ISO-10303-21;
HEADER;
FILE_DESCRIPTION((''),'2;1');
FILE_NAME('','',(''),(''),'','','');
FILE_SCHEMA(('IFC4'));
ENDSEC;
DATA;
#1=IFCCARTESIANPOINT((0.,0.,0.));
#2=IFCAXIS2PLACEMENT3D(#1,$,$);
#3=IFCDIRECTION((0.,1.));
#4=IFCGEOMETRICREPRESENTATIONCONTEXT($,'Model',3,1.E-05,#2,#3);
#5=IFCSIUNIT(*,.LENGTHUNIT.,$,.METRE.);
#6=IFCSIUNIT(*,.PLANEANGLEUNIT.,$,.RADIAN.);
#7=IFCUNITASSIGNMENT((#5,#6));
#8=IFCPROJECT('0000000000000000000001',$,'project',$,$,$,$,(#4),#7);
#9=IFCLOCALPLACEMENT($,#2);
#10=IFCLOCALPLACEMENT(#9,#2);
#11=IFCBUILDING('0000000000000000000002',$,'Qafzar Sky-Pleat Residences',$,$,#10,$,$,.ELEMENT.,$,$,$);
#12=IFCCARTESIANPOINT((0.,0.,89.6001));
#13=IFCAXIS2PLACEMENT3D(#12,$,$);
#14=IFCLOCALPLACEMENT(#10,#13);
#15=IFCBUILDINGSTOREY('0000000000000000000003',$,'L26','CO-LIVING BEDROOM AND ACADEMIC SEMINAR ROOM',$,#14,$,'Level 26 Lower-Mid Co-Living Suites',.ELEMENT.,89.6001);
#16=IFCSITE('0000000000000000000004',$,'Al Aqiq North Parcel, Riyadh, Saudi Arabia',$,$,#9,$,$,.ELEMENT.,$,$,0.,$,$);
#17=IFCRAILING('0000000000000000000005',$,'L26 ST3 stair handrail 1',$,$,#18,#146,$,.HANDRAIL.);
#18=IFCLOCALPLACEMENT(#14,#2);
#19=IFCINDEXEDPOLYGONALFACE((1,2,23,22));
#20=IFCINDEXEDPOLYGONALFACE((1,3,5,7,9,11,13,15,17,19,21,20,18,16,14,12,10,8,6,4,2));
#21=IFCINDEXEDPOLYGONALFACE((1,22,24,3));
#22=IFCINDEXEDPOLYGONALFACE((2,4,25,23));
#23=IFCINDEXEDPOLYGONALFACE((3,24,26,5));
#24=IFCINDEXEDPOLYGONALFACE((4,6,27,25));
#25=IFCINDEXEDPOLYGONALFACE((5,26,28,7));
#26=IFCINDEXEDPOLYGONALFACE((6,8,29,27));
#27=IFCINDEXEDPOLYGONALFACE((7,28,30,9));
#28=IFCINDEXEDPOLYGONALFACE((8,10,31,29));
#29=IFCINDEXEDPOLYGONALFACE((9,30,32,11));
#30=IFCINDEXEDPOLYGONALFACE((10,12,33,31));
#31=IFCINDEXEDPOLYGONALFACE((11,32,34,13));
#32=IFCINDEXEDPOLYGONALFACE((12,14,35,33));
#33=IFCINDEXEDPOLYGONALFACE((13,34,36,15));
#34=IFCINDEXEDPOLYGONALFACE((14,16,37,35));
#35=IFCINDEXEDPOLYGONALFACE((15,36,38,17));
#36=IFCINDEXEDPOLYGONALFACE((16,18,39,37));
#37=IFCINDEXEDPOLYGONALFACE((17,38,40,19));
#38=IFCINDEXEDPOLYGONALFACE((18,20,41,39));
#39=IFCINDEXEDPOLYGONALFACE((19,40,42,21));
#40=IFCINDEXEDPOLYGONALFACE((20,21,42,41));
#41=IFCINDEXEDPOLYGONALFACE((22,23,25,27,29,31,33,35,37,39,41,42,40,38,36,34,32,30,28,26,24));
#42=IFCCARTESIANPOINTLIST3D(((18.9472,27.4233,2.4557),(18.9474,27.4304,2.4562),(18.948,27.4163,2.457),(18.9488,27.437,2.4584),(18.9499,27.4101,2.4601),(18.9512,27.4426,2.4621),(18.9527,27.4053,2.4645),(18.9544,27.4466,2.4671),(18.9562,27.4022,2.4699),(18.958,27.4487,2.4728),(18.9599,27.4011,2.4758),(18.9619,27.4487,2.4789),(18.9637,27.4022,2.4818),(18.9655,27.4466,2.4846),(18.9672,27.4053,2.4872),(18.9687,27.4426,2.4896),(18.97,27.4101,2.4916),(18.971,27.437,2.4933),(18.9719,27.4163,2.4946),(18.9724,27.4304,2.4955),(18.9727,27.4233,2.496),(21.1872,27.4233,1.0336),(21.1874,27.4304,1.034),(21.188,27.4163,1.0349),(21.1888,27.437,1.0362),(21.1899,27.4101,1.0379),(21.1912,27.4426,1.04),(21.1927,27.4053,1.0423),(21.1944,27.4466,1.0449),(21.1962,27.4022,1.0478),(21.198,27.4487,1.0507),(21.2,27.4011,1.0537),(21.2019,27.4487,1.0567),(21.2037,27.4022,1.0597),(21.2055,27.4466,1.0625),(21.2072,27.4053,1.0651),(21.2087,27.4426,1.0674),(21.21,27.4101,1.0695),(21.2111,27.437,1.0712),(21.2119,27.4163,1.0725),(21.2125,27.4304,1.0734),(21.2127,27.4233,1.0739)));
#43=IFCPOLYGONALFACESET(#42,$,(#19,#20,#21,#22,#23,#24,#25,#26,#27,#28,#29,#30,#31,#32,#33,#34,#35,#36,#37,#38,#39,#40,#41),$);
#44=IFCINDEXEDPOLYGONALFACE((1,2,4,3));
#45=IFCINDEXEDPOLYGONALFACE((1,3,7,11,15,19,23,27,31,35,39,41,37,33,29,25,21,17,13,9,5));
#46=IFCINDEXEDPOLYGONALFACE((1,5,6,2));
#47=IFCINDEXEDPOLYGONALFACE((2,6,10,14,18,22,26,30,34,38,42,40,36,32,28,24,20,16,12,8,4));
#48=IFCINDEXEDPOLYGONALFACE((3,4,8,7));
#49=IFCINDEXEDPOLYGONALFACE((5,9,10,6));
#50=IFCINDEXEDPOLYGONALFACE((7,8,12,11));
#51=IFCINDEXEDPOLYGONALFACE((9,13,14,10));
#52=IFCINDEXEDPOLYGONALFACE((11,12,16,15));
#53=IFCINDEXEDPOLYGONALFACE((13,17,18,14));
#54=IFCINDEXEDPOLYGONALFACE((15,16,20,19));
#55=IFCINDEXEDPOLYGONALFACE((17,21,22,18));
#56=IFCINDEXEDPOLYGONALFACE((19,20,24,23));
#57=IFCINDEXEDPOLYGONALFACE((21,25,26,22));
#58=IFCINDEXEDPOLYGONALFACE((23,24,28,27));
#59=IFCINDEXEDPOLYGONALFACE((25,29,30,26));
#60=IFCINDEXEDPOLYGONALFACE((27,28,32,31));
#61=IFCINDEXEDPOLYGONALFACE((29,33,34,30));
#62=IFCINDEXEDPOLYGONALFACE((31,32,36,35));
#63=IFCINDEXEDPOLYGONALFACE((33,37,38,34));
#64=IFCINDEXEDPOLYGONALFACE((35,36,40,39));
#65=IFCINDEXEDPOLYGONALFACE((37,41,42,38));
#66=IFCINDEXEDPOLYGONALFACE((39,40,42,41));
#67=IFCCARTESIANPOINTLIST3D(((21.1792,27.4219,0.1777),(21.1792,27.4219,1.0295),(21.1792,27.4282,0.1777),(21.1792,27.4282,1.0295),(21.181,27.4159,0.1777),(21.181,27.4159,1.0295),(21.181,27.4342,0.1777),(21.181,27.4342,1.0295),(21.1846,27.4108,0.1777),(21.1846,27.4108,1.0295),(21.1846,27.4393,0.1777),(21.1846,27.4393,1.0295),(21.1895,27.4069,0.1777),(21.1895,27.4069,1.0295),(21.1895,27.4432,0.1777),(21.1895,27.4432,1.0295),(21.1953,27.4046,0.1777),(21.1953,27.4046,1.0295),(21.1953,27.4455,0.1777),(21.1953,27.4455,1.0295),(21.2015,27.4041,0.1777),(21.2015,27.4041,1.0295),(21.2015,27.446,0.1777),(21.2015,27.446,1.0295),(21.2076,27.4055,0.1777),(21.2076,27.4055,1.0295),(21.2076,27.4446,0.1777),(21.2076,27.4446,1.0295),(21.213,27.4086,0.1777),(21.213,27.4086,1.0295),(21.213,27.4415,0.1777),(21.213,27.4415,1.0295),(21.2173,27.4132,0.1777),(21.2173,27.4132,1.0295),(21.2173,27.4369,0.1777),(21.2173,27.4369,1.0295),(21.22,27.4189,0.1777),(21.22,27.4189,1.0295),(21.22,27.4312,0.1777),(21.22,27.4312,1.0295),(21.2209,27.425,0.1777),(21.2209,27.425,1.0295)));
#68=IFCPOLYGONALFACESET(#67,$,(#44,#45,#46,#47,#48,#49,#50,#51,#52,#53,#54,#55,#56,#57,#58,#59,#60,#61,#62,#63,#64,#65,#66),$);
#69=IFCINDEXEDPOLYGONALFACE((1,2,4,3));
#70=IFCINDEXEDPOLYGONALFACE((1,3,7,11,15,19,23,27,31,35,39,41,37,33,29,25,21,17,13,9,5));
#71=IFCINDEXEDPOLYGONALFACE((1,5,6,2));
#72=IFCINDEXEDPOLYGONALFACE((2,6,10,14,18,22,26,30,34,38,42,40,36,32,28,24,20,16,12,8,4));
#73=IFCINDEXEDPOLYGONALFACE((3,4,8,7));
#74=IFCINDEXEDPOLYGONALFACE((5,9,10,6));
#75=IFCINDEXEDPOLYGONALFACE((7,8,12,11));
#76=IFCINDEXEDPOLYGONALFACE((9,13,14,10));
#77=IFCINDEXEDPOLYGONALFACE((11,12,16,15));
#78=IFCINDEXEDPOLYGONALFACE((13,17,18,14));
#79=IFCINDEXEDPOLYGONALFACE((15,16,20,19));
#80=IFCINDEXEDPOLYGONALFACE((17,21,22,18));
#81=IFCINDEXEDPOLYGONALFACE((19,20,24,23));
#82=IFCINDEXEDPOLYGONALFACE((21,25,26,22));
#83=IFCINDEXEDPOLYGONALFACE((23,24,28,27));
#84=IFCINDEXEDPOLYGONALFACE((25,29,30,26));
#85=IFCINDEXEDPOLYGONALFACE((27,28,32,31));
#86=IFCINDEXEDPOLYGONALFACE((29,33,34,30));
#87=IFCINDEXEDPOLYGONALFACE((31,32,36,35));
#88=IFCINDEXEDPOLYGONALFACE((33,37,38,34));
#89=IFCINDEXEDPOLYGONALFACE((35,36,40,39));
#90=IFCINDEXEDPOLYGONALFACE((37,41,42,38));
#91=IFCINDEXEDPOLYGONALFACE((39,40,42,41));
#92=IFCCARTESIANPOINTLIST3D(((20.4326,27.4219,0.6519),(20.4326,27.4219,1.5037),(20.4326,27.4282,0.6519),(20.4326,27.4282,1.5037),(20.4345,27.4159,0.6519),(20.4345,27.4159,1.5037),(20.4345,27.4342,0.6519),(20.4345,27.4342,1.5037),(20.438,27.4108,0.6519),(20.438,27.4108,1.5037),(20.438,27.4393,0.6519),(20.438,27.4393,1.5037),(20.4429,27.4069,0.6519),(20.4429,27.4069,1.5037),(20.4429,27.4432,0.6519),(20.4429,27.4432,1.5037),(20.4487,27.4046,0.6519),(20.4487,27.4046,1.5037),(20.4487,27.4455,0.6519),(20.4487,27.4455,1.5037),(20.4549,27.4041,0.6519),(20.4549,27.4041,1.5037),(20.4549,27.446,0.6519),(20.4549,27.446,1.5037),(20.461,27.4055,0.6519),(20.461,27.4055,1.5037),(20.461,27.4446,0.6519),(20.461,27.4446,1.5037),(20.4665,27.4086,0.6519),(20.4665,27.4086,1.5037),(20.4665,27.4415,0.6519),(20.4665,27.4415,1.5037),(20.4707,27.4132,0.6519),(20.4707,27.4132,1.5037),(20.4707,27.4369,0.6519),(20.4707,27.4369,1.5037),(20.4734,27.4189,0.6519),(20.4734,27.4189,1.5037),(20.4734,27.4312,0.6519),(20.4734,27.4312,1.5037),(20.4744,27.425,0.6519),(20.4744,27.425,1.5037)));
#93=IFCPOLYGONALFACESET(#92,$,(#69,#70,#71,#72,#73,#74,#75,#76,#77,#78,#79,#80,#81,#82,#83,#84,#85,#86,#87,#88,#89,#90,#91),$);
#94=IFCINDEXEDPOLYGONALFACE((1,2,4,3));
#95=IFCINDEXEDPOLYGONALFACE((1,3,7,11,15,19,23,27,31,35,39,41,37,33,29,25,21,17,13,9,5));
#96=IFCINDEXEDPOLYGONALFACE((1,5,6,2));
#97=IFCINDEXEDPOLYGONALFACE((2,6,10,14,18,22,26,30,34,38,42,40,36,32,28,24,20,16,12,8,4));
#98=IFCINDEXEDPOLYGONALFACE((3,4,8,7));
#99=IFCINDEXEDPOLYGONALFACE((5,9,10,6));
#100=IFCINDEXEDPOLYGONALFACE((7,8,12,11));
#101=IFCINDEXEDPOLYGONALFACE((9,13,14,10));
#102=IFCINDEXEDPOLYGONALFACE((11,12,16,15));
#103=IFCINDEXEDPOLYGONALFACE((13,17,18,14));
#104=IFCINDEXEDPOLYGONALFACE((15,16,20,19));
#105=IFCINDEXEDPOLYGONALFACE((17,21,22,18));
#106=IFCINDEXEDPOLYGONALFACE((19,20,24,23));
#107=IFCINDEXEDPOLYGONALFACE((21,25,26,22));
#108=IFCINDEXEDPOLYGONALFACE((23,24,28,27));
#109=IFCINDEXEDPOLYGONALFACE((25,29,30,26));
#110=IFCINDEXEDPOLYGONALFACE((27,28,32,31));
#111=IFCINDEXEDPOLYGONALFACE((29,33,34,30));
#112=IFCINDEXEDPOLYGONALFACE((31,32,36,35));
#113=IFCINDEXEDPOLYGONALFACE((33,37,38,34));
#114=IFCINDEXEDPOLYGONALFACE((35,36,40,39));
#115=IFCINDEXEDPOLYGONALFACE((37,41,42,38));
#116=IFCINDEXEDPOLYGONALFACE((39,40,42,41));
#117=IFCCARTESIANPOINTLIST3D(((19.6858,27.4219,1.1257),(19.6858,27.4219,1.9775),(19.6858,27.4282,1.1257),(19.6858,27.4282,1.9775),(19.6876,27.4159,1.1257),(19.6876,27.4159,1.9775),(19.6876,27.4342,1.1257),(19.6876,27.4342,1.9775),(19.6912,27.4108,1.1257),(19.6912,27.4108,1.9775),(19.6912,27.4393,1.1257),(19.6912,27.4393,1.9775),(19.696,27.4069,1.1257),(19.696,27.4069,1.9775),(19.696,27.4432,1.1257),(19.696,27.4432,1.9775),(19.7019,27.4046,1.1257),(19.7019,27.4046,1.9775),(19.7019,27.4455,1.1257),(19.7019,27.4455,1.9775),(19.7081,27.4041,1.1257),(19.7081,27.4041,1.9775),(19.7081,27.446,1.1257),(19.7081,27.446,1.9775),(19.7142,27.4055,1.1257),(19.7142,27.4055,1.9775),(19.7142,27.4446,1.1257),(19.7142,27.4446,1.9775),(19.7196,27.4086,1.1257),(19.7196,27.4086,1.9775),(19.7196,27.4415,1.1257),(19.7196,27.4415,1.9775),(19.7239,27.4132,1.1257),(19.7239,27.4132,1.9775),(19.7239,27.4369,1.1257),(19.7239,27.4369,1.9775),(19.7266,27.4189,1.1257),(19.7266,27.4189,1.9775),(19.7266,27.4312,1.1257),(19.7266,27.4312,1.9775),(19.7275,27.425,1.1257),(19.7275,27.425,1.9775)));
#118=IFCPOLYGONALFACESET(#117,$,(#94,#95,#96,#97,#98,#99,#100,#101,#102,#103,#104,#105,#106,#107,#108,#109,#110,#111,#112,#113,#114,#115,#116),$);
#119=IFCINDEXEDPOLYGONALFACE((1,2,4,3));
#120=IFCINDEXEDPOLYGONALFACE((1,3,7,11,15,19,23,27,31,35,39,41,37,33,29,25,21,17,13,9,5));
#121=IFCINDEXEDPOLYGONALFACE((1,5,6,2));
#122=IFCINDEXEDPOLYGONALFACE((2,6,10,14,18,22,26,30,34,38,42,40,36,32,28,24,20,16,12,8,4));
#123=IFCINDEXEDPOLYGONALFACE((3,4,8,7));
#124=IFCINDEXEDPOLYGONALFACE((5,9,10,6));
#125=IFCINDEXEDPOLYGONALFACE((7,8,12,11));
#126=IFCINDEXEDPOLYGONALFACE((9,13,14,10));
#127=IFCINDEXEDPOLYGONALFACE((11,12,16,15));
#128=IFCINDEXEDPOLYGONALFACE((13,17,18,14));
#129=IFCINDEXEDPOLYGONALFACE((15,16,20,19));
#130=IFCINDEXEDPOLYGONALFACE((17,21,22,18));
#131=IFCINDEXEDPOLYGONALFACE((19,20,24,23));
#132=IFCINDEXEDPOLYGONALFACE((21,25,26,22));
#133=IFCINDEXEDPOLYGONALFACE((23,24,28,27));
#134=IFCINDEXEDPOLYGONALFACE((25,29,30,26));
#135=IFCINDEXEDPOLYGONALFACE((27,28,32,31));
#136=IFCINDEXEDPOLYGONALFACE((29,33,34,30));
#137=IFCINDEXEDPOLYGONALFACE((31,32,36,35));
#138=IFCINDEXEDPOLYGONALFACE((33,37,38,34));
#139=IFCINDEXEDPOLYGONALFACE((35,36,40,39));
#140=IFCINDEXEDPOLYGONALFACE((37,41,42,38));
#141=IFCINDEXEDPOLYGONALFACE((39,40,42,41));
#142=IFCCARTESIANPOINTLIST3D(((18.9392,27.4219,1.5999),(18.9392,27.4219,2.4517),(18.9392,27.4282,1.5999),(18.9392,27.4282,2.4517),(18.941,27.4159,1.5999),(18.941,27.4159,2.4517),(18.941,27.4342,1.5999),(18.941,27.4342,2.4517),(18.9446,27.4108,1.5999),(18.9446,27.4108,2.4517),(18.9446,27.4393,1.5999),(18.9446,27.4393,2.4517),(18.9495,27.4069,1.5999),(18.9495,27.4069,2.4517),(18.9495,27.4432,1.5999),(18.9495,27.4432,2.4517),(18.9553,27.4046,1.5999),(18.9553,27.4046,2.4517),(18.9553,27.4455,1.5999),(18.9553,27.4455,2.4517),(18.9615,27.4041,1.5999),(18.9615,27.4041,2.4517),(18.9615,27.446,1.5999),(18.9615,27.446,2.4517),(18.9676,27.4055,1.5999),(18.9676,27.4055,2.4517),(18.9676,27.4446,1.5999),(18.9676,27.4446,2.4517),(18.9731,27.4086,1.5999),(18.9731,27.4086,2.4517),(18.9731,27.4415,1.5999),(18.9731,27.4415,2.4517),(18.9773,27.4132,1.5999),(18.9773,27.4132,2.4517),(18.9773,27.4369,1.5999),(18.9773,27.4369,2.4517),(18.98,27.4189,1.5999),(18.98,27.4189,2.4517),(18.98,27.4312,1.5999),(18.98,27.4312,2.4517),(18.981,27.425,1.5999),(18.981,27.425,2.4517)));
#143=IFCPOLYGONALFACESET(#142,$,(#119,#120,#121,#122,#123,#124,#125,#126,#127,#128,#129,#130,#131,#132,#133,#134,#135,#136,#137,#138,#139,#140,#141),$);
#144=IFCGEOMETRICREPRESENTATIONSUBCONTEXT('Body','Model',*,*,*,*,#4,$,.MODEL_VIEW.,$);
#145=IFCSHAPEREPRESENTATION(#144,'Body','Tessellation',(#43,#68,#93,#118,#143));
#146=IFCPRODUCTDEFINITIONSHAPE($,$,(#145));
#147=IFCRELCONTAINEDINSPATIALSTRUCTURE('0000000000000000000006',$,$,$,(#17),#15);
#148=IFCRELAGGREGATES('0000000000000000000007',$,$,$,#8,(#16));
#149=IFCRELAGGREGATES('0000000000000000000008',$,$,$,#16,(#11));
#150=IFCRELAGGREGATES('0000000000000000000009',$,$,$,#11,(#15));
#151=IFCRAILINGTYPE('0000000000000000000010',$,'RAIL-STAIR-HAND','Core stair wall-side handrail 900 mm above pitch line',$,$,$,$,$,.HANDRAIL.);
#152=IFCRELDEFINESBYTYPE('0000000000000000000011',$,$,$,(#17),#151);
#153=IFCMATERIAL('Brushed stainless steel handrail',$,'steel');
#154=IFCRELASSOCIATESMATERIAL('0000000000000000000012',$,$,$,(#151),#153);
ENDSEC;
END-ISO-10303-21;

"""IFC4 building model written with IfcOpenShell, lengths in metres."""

from ifc_helpers import new_model, si_unit, direction, frame, origin, origin_2d, place, context, subcontext, project, spatial, circle, extrude, source, transform, mapped, material, type_object, element, save


model = new_model("IFC4")

# Units and contexts
model_context = context("Model", 3, precision=1e-05, world=origin(), true_north=direction((0.0, 1.0)))
body_context = subcontext(model_context, "Body", "Model", "MODEL_VIEW")
ifc_project = project(units=[si_unit("LENGTHUNIT", "METRE"), si_unit("PLANEANGLEUNIT", "RADIAN")], contexts=[model_context])

# Site, building, storey
site_placement = place(None, origin())
site = spatial("IfcSite", under=ifc_project, at=site_placement, Name="Al Aqiq North Parcel, Riyadh, Saudi Arabia", CompositionType="ELEMENT", RefElevation=0.0)
building_placement = place(site_placement, origin())
building = spatial("IfcBuilding", under=site, at=building_placement, Name="Qafzar Sky-Pleat Residences", CompositionType="ELEMENT")
storey_placement = place(building_placement, frame((0.0, 0.0, 89.6001)))
storey = spatial("IfcBuildingStorey", under=building, at=storey_placement, Name="L26", Description="CO-LIVING BEDROOM AND ACADEMIC SEMINAR ROOM", LongName="Level 26 Lower-Mid Co-Living Suites", CompositionType="ELEMENT", Elevation=89.6001)

# Railing
ifc_material_1 = material(Name="Brushed stainless steel handrail", Category="steel")
railing_type = type_object("IfcRailingType", Name="RAIL-STAIR-HAND", Description="Core stair wall-side handrail 900 mm above pitch line", PredefinedType="HANDRAIL", material=ifc_material_1)
shared_shape_1 = source(origin(), body_context, "Body", "SweptSolid", [
    extrude(circle(Radius=0.0239, at=origin_2d()), frame((0.0, 0.0, 0.876), z_axis=(-0.844229, 0.0, 0.535982), x_axis=(0.0, -1.0, 0.0)), (0.0, 0.0, 1.0), 2.6533),
    extrude(circle(Radius=0.021, at=origin_2d()), origin(), (0.0, 0.0, 1.0), 0.8518),
    extrude(circle(Radius=0.021, at=origin_2d()), frame((-0.7466, 0.0, 0.4741)), (0.0, 0.0, 1.0), 0.8518),
    extrude(circle(Radius=0.021, at=origin_2d()), frame((-1.4934, 0.0, 0.948)), (0.0, 0.0, 1.0), 0.8518),
    extrude(circle(Radius=0.021, at=origin_2d()), frame((-2.24, 0.0, 1.4221)), (0.0, 0.0, 1.0), 0.8518),
])
railing_placement = place(storey_placement, frame((21.2, 27.425, 0.1777)))
element("IfcRailing", 1, at=railing_placement, inside=storey, type_object=railing_type, Name="L26 ST3 stair handrail 1", PredefinedType="HANDRAIL", context=body_context, shape_type="MappedRepresentation", body=[
    mapped(shared_shape_1, transform((0.0, 0.0, 0.0), x_axis=(1.0, 0.0, 0.0), y_axis=(0.0, 1.0, 0.0), z_axis=(0.0, 0.0, 1.0), scale=1.0)),
])

save(model, "model.ifc")
